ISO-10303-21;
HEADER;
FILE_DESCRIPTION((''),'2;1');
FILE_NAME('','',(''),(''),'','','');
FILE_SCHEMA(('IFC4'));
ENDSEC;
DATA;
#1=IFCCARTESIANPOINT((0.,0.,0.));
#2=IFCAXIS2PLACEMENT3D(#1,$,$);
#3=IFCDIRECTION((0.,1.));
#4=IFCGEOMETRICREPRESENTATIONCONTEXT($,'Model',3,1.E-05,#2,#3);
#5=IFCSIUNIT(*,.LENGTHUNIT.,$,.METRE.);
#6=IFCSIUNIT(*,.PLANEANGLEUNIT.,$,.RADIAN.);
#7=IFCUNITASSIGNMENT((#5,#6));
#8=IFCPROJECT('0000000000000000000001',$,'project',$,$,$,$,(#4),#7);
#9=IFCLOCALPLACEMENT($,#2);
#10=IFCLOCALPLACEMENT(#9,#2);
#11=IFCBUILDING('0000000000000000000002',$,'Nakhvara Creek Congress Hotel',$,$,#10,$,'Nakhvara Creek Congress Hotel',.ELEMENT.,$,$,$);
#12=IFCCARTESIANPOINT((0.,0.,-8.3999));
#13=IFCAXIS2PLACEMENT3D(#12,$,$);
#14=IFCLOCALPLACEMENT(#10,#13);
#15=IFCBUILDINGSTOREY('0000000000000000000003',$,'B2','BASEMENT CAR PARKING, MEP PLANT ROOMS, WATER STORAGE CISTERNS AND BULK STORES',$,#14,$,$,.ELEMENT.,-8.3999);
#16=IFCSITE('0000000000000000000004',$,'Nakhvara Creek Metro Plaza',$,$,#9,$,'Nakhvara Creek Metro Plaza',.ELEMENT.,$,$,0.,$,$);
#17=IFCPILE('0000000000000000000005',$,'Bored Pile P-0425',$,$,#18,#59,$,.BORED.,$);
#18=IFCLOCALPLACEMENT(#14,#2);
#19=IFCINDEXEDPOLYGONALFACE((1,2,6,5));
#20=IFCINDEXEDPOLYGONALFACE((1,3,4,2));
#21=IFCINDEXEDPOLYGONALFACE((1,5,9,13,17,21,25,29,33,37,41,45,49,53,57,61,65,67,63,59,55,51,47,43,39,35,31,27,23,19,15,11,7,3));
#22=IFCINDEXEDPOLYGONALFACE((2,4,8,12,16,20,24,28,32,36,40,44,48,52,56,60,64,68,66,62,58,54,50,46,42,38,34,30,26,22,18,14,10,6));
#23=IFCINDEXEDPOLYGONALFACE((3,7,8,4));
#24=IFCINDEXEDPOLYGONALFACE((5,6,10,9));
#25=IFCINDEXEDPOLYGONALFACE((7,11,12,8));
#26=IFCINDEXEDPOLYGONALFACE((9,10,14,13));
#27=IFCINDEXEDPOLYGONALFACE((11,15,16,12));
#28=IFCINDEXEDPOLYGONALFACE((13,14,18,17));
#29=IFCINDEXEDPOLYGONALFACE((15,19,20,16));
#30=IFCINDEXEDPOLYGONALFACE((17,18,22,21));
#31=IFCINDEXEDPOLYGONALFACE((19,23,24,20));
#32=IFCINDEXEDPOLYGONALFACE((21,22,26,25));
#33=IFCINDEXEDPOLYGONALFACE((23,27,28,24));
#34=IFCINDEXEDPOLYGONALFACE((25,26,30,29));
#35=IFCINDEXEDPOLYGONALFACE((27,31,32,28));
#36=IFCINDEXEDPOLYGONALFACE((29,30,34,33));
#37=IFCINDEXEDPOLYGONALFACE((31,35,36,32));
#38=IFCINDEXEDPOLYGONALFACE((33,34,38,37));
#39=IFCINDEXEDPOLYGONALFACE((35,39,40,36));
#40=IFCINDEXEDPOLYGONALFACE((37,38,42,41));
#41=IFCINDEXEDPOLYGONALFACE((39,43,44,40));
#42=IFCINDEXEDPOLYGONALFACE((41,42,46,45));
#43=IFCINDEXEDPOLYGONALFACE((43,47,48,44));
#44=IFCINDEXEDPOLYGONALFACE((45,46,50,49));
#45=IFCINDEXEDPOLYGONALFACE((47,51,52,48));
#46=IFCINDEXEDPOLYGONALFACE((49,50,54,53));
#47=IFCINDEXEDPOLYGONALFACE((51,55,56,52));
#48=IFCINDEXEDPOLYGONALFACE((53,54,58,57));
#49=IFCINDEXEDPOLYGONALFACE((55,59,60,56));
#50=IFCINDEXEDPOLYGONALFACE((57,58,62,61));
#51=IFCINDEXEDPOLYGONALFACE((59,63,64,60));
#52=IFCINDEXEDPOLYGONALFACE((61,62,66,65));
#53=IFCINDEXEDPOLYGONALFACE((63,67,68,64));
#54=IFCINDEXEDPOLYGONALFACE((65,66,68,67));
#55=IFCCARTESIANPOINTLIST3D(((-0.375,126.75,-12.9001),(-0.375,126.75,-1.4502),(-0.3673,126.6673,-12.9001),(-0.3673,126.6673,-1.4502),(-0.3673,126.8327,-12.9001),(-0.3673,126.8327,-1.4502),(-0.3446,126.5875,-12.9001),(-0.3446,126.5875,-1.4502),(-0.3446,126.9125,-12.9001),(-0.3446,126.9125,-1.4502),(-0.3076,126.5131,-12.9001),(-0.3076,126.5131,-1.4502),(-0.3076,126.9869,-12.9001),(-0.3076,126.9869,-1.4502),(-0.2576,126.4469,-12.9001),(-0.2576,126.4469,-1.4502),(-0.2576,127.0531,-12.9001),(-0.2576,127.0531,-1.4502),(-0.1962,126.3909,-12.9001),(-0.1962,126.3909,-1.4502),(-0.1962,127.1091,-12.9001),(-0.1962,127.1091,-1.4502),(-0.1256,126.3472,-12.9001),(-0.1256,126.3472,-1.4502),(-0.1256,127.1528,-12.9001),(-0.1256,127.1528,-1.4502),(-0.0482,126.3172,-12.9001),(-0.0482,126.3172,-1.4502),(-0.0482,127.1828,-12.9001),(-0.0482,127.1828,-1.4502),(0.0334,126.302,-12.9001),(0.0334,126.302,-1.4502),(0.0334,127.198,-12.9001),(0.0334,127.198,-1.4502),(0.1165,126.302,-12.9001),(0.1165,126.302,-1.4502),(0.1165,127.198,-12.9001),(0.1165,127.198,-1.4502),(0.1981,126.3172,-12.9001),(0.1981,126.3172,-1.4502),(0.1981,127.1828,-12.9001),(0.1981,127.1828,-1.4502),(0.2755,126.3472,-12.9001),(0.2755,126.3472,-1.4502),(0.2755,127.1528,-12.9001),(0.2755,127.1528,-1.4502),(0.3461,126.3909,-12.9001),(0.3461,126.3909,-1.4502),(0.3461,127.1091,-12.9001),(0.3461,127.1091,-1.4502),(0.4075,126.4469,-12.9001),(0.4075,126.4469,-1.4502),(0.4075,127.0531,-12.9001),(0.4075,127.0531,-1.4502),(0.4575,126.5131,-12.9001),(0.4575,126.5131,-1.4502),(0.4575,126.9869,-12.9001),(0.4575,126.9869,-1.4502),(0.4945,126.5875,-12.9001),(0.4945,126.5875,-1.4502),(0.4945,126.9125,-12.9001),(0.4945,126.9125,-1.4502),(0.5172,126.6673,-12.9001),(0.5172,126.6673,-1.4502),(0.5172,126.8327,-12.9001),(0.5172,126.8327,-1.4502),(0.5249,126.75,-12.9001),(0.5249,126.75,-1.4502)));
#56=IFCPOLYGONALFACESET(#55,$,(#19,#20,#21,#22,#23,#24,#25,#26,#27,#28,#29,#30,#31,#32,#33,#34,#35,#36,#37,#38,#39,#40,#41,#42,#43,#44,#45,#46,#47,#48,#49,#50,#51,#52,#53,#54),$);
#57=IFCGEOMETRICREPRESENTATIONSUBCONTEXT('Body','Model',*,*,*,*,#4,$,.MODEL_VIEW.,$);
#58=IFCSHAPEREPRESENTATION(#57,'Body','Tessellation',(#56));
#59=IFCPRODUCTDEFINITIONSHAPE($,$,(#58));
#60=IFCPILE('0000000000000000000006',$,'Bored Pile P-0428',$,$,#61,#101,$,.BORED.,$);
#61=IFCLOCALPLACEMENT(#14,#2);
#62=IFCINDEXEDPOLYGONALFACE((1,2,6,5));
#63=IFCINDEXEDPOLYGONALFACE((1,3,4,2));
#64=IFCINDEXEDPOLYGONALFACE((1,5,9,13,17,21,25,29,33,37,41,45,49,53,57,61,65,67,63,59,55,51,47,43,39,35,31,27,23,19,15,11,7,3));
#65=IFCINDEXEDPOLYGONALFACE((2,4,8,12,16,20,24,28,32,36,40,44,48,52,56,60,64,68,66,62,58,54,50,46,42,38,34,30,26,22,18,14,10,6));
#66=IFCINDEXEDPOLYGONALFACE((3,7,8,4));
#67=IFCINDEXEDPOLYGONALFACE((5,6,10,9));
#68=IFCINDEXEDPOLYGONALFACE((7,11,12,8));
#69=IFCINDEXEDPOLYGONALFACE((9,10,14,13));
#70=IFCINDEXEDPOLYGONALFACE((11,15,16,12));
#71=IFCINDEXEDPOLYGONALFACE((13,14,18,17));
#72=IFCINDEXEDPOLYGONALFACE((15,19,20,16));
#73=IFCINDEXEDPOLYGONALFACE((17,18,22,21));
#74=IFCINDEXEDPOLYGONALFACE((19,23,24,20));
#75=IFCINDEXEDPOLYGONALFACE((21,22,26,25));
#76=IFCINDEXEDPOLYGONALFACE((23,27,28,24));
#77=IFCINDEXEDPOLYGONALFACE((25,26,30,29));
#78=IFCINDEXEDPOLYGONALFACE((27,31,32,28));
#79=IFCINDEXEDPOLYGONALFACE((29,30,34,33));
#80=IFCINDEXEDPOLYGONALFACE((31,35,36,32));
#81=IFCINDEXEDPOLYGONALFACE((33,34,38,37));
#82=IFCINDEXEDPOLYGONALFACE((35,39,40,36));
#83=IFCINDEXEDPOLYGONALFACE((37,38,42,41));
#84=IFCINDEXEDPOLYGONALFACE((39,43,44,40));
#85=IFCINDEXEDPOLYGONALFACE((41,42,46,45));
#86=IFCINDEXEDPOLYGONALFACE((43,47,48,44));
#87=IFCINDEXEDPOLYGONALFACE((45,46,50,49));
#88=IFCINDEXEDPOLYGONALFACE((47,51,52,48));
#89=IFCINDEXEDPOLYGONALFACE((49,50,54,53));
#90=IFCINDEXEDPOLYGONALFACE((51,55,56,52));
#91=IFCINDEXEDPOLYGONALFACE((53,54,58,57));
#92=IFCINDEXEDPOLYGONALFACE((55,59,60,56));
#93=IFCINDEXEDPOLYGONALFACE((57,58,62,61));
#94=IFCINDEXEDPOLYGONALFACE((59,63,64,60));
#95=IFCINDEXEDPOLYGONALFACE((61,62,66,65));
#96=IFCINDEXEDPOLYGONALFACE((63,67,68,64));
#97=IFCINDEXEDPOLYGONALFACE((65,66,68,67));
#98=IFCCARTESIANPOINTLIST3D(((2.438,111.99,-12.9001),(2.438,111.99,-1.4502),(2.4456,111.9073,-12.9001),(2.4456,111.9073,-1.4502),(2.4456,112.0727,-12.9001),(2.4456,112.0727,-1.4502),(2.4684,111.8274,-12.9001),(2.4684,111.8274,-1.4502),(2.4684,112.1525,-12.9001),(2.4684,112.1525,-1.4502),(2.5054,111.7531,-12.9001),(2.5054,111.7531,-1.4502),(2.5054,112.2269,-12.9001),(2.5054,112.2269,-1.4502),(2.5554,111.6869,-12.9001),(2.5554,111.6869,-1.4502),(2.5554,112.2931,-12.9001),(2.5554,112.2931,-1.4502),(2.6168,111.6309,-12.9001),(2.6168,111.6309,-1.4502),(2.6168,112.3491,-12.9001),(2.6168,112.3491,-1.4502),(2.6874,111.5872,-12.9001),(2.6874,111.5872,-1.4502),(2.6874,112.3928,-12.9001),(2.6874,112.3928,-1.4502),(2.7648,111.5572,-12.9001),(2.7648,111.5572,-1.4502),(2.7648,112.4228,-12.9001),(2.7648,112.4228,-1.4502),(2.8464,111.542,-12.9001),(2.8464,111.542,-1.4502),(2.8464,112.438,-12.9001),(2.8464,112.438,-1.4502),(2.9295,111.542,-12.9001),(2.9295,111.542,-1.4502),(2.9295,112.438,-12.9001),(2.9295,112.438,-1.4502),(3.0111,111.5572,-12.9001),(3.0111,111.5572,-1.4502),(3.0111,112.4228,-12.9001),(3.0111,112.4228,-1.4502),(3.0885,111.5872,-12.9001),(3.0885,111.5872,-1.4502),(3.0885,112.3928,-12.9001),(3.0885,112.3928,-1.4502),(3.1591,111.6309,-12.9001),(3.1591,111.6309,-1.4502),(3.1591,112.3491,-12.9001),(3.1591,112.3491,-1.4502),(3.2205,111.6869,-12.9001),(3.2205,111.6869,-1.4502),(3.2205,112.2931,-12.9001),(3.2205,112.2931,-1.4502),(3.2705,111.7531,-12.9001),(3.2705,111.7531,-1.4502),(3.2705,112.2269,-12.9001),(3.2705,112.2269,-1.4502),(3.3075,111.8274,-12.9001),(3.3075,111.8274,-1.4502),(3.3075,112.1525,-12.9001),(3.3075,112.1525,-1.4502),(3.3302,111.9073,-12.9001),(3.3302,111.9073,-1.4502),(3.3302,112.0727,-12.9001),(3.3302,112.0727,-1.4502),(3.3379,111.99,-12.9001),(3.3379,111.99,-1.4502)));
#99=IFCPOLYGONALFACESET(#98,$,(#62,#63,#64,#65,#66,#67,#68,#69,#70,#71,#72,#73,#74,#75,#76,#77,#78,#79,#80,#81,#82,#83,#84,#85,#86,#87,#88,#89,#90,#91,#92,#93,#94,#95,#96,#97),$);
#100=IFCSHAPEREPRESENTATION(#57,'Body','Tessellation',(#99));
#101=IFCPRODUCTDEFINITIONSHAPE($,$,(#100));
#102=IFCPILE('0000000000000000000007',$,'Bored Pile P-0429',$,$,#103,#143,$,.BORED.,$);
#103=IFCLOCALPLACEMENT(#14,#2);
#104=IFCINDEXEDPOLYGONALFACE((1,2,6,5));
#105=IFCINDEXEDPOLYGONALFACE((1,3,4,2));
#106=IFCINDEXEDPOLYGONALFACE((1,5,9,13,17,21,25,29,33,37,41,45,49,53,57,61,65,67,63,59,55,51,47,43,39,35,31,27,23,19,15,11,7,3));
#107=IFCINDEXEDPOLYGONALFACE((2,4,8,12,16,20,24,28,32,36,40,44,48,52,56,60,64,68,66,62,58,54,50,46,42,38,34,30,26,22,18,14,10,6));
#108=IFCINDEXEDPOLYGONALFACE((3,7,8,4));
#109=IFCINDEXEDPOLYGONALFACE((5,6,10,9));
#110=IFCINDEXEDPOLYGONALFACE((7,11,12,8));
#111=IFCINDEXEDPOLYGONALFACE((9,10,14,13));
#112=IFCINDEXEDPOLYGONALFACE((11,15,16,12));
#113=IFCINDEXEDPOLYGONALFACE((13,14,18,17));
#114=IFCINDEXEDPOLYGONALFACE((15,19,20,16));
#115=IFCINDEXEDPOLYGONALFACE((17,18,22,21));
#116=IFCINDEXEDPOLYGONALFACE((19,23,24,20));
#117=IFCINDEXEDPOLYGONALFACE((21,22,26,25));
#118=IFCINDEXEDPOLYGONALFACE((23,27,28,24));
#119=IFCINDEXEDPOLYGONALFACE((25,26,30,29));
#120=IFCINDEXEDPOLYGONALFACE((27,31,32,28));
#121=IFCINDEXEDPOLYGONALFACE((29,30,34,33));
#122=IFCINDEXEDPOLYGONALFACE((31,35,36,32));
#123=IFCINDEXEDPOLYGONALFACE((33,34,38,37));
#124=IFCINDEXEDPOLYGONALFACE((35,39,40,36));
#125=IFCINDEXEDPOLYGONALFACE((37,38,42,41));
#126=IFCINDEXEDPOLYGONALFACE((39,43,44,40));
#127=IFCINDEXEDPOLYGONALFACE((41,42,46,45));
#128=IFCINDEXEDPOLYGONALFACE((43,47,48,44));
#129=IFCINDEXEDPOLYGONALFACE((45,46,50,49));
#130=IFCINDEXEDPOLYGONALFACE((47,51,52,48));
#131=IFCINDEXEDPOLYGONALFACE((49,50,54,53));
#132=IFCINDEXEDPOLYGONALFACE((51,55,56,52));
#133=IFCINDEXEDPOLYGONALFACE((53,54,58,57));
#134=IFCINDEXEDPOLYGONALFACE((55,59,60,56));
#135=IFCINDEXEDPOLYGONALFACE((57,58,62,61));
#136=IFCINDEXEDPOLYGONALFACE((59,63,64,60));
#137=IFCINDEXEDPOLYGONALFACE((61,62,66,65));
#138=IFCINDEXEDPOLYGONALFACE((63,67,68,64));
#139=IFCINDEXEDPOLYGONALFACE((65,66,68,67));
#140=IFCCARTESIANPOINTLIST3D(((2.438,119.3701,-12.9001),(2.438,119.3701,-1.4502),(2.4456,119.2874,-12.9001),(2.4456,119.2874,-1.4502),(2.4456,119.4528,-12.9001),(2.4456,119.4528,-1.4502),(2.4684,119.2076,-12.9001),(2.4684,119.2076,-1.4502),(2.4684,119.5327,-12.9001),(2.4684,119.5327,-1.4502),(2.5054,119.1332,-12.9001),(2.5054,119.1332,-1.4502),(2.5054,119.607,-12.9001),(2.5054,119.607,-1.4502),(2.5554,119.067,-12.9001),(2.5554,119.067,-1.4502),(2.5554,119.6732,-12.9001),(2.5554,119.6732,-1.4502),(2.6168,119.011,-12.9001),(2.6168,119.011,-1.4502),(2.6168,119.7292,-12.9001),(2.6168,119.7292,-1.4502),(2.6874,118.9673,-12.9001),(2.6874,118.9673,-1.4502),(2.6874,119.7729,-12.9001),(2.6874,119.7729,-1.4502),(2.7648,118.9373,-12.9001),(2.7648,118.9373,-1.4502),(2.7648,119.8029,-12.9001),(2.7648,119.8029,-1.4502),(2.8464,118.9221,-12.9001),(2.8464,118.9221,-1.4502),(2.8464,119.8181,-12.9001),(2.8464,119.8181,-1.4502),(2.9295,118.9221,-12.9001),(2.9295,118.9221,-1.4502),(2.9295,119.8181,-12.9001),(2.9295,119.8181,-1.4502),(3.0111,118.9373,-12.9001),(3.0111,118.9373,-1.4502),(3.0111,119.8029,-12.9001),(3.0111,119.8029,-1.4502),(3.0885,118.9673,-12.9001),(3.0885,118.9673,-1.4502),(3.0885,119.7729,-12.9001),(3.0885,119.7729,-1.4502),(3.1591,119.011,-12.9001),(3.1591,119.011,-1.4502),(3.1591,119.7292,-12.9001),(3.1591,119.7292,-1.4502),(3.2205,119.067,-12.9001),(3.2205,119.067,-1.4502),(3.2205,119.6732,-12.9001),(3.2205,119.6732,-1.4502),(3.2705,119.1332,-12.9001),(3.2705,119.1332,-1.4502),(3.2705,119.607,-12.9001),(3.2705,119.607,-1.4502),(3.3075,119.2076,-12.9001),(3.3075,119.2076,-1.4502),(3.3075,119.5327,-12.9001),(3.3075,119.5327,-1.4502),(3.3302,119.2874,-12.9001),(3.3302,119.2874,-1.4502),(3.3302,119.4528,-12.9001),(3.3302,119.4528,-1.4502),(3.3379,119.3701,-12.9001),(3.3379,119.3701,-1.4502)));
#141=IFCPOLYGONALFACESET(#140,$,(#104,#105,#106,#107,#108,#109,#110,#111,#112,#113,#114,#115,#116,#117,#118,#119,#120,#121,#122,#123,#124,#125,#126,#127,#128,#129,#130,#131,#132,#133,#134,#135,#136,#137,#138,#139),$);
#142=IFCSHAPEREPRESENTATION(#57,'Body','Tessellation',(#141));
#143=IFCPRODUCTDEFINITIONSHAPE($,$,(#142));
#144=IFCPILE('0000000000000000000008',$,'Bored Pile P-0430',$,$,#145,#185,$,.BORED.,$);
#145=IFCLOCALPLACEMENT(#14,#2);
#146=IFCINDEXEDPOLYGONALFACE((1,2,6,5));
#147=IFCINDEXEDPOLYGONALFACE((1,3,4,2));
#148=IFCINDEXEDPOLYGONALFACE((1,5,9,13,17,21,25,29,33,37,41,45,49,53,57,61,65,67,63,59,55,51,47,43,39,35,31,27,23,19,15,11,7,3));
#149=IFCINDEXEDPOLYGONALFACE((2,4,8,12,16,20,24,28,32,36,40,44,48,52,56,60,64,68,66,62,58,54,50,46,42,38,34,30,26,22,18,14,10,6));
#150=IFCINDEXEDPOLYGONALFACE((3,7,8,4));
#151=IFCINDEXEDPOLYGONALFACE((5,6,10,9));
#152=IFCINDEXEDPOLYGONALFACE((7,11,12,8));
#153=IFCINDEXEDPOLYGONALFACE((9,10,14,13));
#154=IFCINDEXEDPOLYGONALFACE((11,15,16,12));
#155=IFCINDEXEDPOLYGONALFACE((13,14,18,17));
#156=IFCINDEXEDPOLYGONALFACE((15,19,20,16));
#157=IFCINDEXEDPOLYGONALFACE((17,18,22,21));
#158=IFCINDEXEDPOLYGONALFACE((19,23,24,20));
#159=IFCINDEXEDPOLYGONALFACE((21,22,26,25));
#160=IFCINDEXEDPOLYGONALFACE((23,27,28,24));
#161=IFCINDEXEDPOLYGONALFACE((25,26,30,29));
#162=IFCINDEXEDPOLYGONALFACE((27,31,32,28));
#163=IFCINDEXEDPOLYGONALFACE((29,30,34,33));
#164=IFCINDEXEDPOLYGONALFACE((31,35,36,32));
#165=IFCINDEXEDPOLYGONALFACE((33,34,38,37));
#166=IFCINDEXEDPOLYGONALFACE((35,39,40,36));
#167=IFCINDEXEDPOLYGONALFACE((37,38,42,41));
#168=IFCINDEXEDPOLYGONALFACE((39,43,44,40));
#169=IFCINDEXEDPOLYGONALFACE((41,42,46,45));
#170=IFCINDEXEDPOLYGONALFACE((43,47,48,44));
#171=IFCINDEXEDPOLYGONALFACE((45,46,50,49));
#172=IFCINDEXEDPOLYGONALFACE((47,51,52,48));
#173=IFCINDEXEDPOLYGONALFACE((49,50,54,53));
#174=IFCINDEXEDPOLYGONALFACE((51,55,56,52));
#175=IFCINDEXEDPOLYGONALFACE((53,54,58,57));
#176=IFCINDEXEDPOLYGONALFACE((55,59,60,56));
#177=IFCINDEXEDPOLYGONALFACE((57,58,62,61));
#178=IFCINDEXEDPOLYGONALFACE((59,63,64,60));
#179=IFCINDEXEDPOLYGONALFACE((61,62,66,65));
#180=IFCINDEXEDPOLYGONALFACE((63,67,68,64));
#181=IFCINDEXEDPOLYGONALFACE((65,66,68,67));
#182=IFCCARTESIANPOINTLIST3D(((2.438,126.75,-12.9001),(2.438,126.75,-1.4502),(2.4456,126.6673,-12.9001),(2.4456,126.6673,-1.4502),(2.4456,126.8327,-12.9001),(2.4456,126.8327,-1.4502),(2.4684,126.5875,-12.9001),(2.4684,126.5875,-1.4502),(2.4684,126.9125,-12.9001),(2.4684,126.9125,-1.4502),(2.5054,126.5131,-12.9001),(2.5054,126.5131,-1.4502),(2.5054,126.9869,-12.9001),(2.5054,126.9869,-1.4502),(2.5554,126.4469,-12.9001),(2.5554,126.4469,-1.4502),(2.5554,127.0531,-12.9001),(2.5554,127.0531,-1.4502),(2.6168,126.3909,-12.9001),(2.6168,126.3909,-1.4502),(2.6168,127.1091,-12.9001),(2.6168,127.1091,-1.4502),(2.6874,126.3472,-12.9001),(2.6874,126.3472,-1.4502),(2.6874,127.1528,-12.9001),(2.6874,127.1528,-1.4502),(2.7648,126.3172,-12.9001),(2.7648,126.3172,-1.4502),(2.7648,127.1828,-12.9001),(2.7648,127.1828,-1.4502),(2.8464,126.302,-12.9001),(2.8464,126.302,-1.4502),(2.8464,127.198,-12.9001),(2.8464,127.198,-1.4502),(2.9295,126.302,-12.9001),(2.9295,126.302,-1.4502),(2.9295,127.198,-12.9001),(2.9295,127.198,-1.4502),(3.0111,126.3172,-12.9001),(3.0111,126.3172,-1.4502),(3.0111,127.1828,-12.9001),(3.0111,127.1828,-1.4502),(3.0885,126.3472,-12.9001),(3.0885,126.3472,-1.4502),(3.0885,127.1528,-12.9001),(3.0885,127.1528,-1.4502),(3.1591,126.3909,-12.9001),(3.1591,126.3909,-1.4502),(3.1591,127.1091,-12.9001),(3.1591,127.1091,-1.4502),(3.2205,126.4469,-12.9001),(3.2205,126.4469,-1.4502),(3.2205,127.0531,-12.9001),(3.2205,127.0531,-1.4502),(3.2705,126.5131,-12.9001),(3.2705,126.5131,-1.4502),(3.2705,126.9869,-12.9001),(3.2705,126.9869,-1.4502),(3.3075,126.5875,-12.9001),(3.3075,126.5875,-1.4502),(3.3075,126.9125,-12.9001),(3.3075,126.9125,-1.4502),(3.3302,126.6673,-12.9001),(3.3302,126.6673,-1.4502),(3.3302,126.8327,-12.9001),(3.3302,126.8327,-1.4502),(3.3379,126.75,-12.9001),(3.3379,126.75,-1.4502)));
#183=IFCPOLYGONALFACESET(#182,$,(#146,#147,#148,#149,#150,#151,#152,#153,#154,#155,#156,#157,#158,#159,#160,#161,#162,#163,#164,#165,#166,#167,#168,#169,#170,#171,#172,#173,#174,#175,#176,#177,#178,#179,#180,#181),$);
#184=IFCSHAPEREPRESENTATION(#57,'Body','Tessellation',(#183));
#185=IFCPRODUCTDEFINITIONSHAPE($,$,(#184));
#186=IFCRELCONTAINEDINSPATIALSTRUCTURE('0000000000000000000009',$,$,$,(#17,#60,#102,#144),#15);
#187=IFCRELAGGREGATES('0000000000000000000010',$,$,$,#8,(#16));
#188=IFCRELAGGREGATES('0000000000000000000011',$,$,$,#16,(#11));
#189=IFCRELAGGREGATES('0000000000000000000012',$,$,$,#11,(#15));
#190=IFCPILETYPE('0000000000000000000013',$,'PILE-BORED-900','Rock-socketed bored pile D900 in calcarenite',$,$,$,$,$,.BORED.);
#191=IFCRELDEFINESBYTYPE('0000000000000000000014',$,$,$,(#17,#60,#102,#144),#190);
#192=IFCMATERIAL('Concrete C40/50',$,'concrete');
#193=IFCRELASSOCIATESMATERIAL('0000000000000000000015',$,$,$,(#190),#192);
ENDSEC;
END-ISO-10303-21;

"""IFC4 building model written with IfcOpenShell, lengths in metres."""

from ifc_helpers import new_model, si_unit, direction, frame, origin, origin_2d, place, context, subcontext, project, spatial, circle, extrude, material, material_profile, profile_set, type_object, element, save


model = new_model("IFC4")

# Units and contexts
model_context = context("Model", 3, precision=1e-05, world=origin(), true_north=direction((0.0, 1.0)))
body_context = subcontext(model_context, "Body", "Model", "MODEL_VIEW")
ifc_project = project(units=[si_unit("LENGTHUNIT", "METRE"), si_unit("PLANEANGLEUNIT", "RADIAN")], contexts=[model_context])

# Site, building, storey
site_placement = place(None, origin())
site = spatial("IfcSite", under=ifc_project, at=site_placement, Name="Nakhvara Creek Metro Plaza", LongName="Nakhvara Creek Metro Plaza", CompositionType="ELEMENT", RefElevation=0.0)
building_placement = place(site_placement, origin())
building = spatial("IfcBuilding", under=site, at=building_placement, Name="Nakhvara Creek Congress Hotel", LongName="Nakhvara Creek Congress Hotel", CompositionType="ELEMENT")
storey_placement = place(building_placement, frame((0.0, 0.0, -8.3999)))
storey = spatial("IfcBuildingStorey", under=building, at=storey_placement, Name="B2", Description="BASEMENT CAR PARKING, MEP PLANT ROOMS, WATER STORAGE CISTERNS AND BULK STORES", CompositionType="ELEMENT", Elevation=-8.3999)

# Shared definitions
ifc_material_1 = material(Name="Concrete C40/50", Category="concrete")

# Piles
ifc_material_profile_1 = material_profile(ifc_material_1, circle(Radius=0.45, at=origin_2d()), Name="BORED PILE D900", Category="LoadBearing")
ifc_profile_set_1 = profile_set([ifc_material_profile_1], Name="Concrete C40/50")
pile_type = type_object("IfcPileType", Name="PILE-BORED-900", Description="Rock-socketed bored pile D900 in calcarenite", PredefinedType="BORED", material=ifc_profile_set_1)
for number, where, z_axis, x_axis, name in (
    (1, (0.075, 126.75, -1.4502), (0.0, 0.0, -1.0), (1.0, 0.0, 0.0), "Bored Pile P-0425"),
    (2, (2.8879, 111.99, -1.4502), (0.0, 0.0, -1.0), (1.0, 0.0, 0.0), "Bored Pile P-0428"),
    (3, (2.8879, 119.3701, -1.4502), (0.0, 0.0, -1.0), (1.0, 0.0, 0.0), "Bored Pile P-0429"),
    (4, (2.8879, 126.75, -1.4502), (0.0, 0.0, -1.0), (1.0, 0.0, 0.0), "Bored Pile P-0430"),
):
    element("IfcPile", number, at=place(storey_placement, frame(where, z_axis=z_axis, x_axis=x_axis)), inside=storey, type_object=pile_type, Name=name, PredefinedType="BORED", context=body_context, shape_type="SweptSolid", body=[
        extrude(circle(Radius=0.45, at=origin_2d()), origin(), (0.0, 0.0, 1.0), 11.45),
    ])

save(model, "model.ifc")
